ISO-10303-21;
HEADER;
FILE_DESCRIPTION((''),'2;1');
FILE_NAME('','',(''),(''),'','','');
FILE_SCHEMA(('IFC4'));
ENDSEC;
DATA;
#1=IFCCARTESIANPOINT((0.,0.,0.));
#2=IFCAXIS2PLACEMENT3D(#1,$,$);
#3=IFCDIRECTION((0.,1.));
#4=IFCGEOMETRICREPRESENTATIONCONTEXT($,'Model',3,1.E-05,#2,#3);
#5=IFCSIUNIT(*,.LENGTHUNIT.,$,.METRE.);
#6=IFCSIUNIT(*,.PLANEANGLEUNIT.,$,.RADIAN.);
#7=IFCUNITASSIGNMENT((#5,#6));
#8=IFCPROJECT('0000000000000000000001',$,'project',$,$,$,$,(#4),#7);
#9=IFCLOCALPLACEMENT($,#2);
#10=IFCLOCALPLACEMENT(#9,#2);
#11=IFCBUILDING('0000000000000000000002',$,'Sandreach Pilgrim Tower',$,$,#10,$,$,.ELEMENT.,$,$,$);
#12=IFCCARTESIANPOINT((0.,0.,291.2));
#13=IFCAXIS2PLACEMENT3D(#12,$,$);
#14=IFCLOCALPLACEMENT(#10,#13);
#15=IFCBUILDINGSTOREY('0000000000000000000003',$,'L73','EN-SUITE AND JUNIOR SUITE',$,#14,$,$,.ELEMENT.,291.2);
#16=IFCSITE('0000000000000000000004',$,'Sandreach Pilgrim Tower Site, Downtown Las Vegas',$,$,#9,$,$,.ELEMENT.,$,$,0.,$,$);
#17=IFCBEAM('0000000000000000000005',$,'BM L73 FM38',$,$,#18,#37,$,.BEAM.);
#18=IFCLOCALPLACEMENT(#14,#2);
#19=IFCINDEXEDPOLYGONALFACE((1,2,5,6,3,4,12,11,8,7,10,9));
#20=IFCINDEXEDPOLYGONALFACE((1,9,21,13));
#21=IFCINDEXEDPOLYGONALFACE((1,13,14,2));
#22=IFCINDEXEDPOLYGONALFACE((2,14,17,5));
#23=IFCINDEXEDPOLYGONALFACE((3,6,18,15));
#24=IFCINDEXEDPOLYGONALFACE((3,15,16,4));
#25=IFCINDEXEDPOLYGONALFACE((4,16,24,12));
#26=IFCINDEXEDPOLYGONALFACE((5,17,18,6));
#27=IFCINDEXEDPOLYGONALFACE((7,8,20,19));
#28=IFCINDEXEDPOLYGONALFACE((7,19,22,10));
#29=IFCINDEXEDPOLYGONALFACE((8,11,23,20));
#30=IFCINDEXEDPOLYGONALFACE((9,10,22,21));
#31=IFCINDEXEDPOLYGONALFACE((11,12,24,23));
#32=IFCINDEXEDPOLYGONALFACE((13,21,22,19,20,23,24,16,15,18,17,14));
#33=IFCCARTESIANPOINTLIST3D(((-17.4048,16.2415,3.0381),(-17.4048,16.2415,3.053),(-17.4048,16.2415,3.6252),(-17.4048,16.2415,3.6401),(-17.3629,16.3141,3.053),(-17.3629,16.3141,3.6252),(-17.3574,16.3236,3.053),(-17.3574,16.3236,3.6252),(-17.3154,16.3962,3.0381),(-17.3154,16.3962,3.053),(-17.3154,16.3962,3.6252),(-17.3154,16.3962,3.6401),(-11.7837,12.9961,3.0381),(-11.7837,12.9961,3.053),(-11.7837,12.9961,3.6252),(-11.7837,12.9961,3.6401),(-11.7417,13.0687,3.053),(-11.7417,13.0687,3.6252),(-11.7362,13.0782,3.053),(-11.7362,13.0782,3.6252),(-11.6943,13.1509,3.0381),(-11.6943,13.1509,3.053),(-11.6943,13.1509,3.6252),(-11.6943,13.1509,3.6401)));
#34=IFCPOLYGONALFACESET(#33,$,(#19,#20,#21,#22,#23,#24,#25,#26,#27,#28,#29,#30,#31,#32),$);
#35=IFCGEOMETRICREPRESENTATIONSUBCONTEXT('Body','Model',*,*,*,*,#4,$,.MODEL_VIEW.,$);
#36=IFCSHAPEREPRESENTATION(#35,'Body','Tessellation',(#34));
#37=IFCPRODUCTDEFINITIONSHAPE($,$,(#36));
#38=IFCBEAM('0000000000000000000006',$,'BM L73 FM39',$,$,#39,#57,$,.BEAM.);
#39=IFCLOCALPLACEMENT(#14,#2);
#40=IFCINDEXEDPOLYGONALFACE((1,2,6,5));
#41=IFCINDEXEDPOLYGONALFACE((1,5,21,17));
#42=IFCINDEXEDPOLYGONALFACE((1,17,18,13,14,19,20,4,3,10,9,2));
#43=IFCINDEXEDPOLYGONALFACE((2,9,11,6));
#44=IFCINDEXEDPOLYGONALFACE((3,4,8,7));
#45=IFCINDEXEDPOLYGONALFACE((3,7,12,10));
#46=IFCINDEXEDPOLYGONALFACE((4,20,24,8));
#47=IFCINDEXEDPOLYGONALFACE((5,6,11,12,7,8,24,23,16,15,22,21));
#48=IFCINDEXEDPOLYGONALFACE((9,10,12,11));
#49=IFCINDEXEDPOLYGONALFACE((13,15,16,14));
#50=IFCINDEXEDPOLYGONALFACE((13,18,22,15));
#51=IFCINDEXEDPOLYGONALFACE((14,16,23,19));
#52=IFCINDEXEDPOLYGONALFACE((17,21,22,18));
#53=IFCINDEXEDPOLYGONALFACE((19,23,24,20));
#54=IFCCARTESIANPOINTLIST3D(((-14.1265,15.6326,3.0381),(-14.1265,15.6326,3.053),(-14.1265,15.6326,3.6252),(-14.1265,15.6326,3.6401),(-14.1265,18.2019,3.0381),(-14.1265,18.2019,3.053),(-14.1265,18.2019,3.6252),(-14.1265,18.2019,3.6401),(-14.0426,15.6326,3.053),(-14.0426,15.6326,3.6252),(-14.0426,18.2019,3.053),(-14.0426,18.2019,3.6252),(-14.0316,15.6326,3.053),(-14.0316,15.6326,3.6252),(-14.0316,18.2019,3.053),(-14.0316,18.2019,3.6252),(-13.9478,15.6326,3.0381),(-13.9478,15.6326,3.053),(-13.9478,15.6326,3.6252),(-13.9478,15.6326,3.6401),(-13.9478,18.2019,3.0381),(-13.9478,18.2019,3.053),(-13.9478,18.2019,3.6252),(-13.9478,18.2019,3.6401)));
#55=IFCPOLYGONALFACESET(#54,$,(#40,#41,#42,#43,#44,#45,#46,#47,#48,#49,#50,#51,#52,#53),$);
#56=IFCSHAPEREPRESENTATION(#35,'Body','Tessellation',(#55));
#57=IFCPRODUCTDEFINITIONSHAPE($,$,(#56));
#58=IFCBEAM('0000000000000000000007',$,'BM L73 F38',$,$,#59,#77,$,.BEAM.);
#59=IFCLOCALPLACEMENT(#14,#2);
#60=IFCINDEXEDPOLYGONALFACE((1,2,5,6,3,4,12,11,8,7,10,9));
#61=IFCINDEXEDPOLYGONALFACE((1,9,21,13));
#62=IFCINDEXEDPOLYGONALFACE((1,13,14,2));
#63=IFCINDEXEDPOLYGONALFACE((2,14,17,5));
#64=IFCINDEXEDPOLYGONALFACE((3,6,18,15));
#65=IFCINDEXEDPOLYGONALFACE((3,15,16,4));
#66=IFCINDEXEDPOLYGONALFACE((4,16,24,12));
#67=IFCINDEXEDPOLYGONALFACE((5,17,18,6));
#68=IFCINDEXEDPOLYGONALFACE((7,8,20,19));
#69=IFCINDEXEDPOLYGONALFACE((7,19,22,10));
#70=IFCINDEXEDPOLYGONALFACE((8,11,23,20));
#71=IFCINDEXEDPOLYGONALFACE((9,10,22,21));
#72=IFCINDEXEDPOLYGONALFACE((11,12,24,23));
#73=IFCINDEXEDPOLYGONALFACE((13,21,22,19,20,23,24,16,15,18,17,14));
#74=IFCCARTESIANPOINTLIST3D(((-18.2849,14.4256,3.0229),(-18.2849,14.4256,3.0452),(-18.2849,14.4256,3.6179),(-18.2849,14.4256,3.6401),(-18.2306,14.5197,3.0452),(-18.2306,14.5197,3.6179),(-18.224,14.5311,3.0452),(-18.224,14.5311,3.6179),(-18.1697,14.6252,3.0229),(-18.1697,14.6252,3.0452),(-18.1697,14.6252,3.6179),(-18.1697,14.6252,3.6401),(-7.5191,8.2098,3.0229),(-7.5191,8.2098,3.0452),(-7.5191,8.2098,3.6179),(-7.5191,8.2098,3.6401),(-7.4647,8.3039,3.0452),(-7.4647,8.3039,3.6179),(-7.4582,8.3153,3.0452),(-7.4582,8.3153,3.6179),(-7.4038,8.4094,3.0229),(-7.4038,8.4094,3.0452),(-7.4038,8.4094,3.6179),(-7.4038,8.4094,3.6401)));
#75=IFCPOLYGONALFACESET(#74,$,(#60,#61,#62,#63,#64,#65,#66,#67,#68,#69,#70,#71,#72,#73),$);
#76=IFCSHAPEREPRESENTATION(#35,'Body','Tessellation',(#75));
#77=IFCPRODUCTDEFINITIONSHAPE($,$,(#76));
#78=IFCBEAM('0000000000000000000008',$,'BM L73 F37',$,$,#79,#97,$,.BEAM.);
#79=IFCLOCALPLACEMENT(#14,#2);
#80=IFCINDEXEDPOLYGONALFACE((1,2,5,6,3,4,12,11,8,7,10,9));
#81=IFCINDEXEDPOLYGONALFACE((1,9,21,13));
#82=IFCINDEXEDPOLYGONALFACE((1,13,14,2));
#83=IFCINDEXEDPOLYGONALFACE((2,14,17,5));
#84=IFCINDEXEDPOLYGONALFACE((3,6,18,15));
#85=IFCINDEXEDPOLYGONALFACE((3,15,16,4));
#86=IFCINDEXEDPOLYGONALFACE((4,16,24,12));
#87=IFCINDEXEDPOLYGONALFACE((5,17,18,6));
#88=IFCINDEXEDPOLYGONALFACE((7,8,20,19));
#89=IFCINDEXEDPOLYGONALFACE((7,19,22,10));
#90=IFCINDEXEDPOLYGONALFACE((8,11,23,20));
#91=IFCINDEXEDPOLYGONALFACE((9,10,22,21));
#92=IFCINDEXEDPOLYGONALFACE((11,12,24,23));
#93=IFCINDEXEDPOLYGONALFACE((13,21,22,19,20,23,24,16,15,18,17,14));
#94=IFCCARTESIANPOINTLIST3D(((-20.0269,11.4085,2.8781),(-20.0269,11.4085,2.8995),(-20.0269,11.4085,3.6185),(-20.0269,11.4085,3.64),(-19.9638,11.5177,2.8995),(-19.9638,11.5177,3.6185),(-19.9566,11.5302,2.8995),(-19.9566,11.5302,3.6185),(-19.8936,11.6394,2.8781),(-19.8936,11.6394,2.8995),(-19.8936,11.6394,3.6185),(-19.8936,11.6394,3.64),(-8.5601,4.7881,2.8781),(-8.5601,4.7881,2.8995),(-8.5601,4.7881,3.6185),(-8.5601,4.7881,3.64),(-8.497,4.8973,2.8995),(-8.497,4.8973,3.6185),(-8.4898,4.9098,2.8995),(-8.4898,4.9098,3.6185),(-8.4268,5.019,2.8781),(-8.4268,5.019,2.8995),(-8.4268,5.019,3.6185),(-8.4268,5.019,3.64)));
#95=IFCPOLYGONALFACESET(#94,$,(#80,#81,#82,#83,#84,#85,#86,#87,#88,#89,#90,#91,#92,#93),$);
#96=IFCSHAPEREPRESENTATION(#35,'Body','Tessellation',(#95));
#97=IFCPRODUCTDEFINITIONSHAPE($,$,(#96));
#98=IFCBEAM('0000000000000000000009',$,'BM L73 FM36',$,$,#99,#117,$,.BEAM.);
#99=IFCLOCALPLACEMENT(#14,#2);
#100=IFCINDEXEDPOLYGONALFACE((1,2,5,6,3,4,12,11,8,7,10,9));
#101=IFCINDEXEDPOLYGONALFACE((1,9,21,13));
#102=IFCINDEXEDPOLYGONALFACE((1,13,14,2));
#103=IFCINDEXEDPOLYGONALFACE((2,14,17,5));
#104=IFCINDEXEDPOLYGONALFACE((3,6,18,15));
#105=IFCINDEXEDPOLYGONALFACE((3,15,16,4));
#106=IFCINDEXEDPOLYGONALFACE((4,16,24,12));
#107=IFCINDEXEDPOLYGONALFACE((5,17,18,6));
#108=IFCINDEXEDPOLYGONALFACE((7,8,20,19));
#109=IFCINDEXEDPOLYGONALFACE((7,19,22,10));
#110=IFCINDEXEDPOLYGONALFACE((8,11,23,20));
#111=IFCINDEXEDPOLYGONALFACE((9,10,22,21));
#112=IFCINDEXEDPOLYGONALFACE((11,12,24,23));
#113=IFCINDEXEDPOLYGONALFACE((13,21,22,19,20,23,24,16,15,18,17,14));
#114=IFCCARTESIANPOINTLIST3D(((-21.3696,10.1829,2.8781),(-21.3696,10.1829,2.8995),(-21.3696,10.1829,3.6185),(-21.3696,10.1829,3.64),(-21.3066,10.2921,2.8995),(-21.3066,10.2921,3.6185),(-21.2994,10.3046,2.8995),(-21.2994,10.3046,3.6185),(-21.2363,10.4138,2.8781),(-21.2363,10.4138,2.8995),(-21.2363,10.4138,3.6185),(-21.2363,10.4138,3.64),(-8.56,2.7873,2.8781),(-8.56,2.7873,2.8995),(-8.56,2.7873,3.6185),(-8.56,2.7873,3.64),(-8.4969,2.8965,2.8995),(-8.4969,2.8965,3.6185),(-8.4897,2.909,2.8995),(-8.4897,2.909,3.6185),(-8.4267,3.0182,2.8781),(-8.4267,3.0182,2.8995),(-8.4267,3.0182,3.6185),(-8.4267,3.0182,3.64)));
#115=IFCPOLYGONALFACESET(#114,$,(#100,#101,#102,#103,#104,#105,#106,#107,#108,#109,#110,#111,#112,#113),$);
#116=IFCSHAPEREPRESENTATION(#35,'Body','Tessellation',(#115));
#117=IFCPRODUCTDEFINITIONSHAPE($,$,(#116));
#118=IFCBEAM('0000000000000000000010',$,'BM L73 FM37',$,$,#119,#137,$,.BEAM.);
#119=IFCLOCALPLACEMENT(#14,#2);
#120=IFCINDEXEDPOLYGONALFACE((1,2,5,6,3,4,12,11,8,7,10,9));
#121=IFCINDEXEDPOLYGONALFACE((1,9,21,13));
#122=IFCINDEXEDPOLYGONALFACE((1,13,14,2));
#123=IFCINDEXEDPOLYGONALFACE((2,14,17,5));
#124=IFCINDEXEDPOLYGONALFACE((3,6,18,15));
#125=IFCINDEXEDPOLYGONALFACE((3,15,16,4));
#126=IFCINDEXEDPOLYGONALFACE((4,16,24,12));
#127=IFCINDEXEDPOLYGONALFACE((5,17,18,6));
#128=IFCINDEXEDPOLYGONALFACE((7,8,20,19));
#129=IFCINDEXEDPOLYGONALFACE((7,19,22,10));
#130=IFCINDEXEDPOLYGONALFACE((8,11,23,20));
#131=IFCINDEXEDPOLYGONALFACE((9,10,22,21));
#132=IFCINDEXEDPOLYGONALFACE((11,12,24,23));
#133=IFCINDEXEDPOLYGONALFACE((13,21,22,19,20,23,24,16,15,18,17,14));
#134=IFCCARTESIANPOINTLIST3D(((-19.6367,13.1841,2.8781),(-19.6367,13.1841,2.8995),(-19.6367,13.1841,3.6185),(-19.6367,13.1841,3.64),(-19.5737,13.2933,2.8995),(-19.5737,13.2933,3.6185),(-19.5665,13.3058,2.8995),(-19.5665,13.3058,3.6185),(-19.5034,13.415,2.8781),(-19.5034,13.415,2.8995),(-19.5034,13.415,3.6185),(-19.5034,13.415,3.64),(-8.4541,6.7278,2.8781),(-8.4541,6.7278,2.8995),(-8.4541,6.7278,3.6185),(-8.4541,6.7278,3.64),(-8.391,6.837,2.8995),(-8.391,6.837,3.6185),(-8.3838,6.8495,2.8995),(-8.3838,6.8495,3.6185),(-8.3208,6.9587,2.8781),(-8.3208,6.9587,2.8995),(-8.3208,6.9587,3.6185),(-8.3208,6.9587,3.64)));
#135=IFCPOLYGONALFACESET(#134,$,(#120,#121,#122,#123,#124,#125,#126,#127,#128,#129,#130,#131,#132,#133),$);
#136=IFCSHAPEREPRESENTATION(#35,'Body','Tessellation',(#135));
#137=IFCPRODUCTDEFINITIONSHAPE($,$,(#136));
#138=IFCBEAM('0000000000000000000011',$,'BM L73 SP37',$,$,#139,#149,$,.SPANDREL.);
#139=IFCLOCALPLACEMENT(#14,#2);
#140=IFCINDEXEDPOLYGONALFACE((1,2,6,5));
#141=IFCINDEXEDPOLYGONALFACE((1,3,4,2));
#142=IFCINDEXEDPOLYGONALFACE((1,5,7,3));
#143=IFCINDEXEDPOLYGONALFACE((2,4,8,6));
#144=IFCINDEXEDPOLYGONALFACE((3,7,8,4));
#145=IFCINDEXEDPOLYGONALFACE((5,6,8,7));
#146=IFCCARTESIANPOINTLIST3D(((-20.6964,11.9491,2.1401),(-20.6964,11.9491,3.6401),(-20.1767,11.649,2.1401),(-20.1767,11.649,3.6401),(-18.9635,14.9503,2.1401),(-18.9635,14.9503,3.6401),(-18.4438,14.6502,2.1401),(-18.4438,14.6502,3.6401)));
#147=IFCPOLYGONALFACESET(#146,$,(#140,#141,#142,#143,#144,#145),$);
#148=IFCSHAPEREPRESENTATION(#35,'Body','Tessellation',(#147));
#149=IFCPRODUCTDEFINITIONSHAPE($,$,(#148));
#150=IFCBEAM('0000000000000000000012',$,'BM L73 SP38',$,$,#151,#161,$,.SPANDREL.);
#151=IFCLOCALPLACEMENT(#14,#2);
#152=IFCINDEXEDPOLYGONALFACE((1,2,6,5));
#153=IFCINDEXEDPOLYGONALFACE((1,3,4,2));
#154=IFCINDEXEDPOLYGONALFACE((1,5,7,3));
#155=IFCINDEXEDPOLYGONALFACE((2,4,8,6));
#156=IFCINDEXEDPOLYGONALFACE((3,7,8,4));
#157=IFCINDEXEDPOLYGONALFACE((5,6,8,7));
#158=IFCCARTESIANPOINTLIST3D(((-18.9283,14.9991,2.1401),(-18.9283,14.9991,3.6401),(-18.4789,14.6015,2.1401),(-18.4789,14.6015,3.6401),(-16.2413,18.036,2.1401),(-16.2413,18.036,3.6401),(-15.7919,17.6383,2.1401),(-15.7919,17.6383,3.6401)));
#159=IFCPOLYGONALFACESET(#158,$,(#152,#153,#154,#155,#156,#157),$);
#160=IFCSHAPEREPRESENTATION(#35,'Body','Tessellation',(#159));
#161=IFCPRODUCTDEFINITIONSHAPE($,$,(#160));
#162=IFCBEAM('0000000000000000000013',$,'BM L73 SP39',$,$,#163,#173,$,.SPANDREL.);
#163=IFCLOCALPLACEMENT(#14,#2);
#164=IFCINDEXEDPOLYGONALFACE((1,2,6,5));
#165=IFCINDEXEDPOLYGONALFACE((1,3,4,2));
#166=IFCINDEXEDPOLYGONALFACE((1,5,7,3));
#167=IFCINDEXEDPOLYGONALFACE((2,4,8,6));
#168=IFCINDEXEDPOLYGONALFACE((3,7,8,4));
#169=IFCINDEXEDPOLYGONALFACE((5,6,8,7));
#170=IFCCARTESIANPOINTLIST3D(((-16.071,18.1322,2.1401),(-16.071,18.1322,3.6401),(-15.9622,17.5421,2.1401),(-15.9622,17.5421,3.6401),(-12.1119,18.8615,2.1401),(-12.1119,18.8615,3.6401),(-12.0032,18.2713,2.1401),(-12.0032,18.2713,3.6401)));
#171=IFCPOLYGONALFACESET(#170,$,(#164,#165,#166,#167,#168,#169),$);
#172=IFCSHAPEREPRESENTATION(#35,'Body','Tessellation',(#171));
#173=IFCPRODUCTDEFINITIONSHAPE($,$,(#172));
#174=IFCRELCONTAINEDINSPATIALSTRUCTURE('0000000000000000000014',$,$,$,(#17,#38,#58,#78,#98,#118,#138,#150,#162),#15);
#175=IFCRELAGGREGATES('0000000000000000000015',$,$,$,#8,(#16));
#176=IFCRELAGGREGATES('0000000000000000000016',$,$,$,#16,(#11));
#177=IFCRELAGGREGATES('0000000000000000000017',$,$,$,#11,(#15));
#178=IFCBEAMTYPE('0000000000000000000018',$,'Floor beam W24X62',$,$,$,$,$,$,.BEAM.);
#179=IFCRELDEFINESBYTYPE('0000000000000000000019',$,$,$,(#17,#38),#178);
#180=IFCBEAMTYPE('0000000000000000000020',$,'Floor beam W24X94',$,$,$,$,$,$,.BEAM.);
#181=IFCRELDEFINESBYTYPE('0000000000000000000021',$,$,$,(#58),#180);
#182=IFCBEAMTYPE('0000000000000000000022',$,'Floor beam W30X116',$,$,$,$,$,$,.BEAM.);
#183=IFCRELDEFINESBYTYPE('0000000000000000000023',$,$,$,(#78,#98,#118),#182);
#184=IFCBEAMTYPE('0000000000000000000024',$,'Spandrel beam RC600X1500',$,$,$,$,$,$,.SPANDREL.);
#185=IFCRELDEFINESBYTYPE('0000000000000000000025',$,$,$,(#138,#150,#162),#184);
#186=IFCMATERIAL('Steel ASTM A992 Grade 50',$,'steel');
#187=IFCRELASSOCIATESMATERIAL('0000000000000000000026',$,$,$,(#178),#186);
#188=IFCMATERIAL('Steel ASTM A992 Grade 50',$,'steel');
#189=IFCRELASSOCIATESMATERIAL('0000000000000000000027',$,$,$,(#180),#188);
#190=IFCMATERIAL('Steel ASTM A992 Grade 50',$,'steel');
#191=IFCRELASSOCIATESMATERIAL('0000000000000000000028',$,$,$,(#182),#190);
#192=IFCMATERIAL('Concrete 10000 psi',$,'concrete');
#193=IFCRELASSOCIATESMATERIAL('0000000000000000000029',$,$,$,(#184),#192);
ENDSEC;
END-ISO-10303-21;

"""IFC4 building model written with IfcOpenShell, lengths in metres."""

from ifc_helpers import new_model, si_unit, direction, frame, origin, origin_2d, place, context, subcontext, project, spatial, rectangle, i_section, extrude, material, material_profile, profile_set, type_object, element, save


model = new_model("IFC4")

# Units and contexts
model_context = context("Model", 3, precision=1e-05, world=origin(), true_north=direction((0.0, 1.0)))
body_context = subcontext(model_context, "Body", "Model", "MODEL_VIEW")
ifc_project = project(units=[si_unit("LENGTHUNIT", "METRE"), si_unit("PLANEANGLEUNIT", "RADIAN")], contexts=[model_context])

# Site, building, storey
site_placement = place(None, origin())
site = spatial("IfcSite", under=ifc_project, at=site_placement, Name="Sandreach Pilgrim Tower Site, Downtown Las Vegas", CompositionType="ELEMENT", RefElevation=0.0)
building_placement = place(site_placement, origin())
building = spatial("IfcBuilding", under=site, at=building_placement, Name="Sandreach Pilgrim Tower", CompositionType="ELEMENT")
storey_placement = place(building_placement, frame((0.0, 0.0, 291.2)))
storey = spatial("IfcBuildingStorey", under=building, at=storey_placement, Name="L73", Description="EN-SUITE AND JUNIOR SUITE", CompositionType="ELEMENT", Elevation=291.2)

# Beams
ifc_material_1 = material(Name="Steel ASTM A992 Grade 50", Category="steel")
ifc_material_profile_1 = material_profile(ifc_material_1, i_section(OverallWidth=0.1787, OverallDepth=0.6021, WebThickness=0.011, FlangeThickness=0.0149, at=origin_2d()), Name="W24X62")
ifc_profile_set_1 = profile_set([ifc_material_profile_1], Name="Steel ASTM A992 Grade 50")
beam_type_1 = type_object("IfcBeamType", Name="Floor beam W24X62", PredefinedType="BEAM", material=ifc_profile_set_1)
beam_1_placement = place(storey_placement, frame((-17.3601, 16.3188, 3.3391), z_axis=(0.866024, -0.500002, 0.0), x_axis=(0.500002, 0.866024, 0.0)))
element("IfcBeam", 1, at=beam_1_placement, inside=storey, type_object=beam_type_1, Name="BM L73 FM38", PredefinedType="BEAM", context=body_context, shape_type="SweptSolid", body=[
    extrude(i_section(OverallWidth=0.1787, OverallDepth=0.6021, WebThickness=0.011, FlangeThickness=0.0149, at=origin_2d()), origin(), (0.0, 0.0, 1.0), 6.4907),
])
beam_2_placement = place(storey_placement, frame((-14.0371, 18.2019, 3.3391), z_axis=(0.0, -1.0, 0.0), x_axis=(1.0, 0.0, 0.0)))
element("IfcBeam", 2, at=beam_2_placement, inside=storey, type_object=beam_type_1, Name="BM L73 FM39", PredefinedType="BEAM", context=body_context, shape_type="SweptSolid", body=[
    extrude(i_section(OverallWidth=0.1787, OverallDepth=0.6021, WebThickness=0.011, FlangeThickness=0.0149, at=origin_2d()), origin(), (0.0, 0.0, 1.0), 2.5693),
])
ifc_material_2 = material(Name="Steel ASTM A992 Grade 50", Category="steel")
ifc_material_profile_2 = material_profile(ifc_material_2, i_section(OverallWidth=0.2305, OverallDepth=0.6172, WebThickness=0.0132, FlangeThickness=0.0222, at=origin_2d()), Name="W24X94")
ifc_profile_set_2 = profile_set([ifc_material_profile_2], Name="Steel ASTM A992 Grade 50")
beam_type_2 = type_object("IfcBeamType", Name="Floor beam W24X94", PredefinedType="BEAM", material=ifc_profile_set_2)
beam_3_placement = place(storey_placement, frame((-18.2273, 14.5254, 3.3315), z_axis=(0.86602, -0.500009, 0.0), x_axis=(0.500009, 0.86602, 0.0)))
element("IfcBeam", 3, at=beam_3_placement, inside=storey, type_object=beam_type_2, Name="BM L73 F38", PredefinedType="BEAM", context=body_context, shape_type="SweptSolid", body=[
    extrude(i_section(OverallWidth=0.2305, OverallDepth=0.6172, WebThickness=0.0132, FlangeThickness=0.0222, at=origin_2d()), origin(), (0.0, 0.0, 1.0), 12.4314),
])
ifc_material_3 = material(Name="Steel ASTM A992 Grade 50", Category="steel")
ifc_material_profile_3 = material_profile(ifc_material_3, i_section(OverallWidth=0.2666, OverallDepth=0.762, WebThickness=0.0144, FlangeThickness=0.0215, at=origin_2d()), Name="W30X116")
ifc_profile_set_3 = profile_set([ifc_material_profile_3], Name="Steel ASTM A992 Grade 50")
beam_type_3 = type_object("IfcBeamType", Name="Floor beam W30X116", PredefinedType="BEAM", material=ifc_profile_set_3)
beam_4_placement = place(storey_placement, frame((-19.9602, 11.5239, 3.259), z_axis=(0.866025, -0.5, 0.0), x_axis=(0.5, 0.866025, 0.0)))
element("IfcBeam", 4, at=beam_4_placement, inside=storey, type_object=beam_type_3, Name="BM L73 F37", PredefinedType="BEAM", context=body_context, shape_type="SweptSolid", body=[
    extrude(i_section(OverallWidth=0.2666, OverallDepth=0.762, WebThickness=0.0144, FlangeThickness=0.0215, at=origin_2d()), origin(), (0.0, 0.0, 1.0), 13.2407),
])
beam_5_placement = place(storey_placement, frame((-21.303, 10.2983, 3.259), z_axis=(0.866028, -0.499995, 0.0), x_axis=(0.499995, 0.866028, 0.0)))
element("IfcBeam", 5, at=beam_5_placement, inside=storey, type_object=beam_type_3, Name="BM L73 FM36", PredefinedType="BEAM", context=body_context, shape_type="SweptSolid", body=[
    extrude(i_section(OverallWidth=0.2666, OverallDepth=0.762, WebThickness=0.0144, FlangeThickness=0.0215, at=origin_2d()), origin(), (0.0, 0.0, 1.0), 14.7913),
])
beam_6_placement = place(storey_placement, frame((-19.5701, 13.2996, 3.259), z_axis=(0.866025, -0.500001, 0.0), x_axis=(0.500001, 0.866025, 0.0)))
element("IfcBeam", 6, at=beam_6_placement, inside=storey, type_object=beam_type_3, Name="BM L73 FM37", PredefinedType="BEAM", context=body_context, shape_type="SweptSolid", body=[
    extrude(i_section(OverallWidth=0.2666, OverallDepth=0.762, WebThickness=0.0144, FlangeThickness=0.0215, at=origin_2d()), origin(), (0.0, 0.0, 1.0), 12.9126),
])
ifc_material_4 = material(Name="Concrete 10000 psi", Category="concrete")
ifc_material_profile_4 = material_profile(ifc_material_4, rectangle(XDim=0.6001, YDim=1.5, at=origin_2d()), Name="RC600X1500")
ifc_profile_set_4 = profile_set([ifc_material_profile_4], Name="Concrete 10000 psi")
beam_type_4 = type_object("IfcBeamType", Name="Spandrel beam RC600X1500", PredefinedType="SPANDREL", material=ifc_profile_set_4)
beam_7_placement = place(storey_placement, frame((-20.4365, 11.7991, 2.8901), z_axis=(0.500033, 0.866006, 0.0), x_axis=(-0.866006, 0.500033, 0.0)))
element("IfcBeam", 7, at=beam_7_placement, inside=storey, type_object=beam_type_4, Name="BM L73 SP37", PredefinedType="SPANDREL", context=body_context, shape_type="SweptSolid", body=[
    extrude(rectangle(XDim=0.6001, YDim=1.5, at=origin_2d()), origin(), (0.0, 0.0, 1.0), 3.4656),
])
beam_8_placement = place(storey_placement, frame((-18.7036, 14.8003, 2.8901), z_axis=(0.662651, 0.748929, 0.0), x_axis=(-0.748929, 0.662651, 0.0)))
element("IfcBeam", 8, at=beam_8_placement, inside=storey, type_object=beam_type_4, Name="BM L73 SP38", PredefinedType="SPANDREL", context=body_context, shape_type="SweptSolid", body=[
    extrude(rectangle(XDim=0.6001, YDim=1.5, at=origin_2d()), origin(), (0.0, 0.0, 1.0), 4.0549),
])
beam_9_placement = place(storey_placement, frame((-16.0166, 17.8372, 2.8901), z_axis=(0.983455, 0.181153, 0.0), x_axis=(-0.181153, 0.983455, 0.0)))
element("IfcBeam", 9, at=beam_9_placement, inside=storey, type_object=beam_type_4, Name="BM L73 SP39", PredefinedType="SPANDREL", context=body_context, shape_type="SweptSolid", body=[
    extrude(rectangle(XDim=0.6001, YDim=1.5, at=origin_2d()), origin(), (0.0, 0.0, 1.0), 4.0256),
])

save(model, "model.ifc")
